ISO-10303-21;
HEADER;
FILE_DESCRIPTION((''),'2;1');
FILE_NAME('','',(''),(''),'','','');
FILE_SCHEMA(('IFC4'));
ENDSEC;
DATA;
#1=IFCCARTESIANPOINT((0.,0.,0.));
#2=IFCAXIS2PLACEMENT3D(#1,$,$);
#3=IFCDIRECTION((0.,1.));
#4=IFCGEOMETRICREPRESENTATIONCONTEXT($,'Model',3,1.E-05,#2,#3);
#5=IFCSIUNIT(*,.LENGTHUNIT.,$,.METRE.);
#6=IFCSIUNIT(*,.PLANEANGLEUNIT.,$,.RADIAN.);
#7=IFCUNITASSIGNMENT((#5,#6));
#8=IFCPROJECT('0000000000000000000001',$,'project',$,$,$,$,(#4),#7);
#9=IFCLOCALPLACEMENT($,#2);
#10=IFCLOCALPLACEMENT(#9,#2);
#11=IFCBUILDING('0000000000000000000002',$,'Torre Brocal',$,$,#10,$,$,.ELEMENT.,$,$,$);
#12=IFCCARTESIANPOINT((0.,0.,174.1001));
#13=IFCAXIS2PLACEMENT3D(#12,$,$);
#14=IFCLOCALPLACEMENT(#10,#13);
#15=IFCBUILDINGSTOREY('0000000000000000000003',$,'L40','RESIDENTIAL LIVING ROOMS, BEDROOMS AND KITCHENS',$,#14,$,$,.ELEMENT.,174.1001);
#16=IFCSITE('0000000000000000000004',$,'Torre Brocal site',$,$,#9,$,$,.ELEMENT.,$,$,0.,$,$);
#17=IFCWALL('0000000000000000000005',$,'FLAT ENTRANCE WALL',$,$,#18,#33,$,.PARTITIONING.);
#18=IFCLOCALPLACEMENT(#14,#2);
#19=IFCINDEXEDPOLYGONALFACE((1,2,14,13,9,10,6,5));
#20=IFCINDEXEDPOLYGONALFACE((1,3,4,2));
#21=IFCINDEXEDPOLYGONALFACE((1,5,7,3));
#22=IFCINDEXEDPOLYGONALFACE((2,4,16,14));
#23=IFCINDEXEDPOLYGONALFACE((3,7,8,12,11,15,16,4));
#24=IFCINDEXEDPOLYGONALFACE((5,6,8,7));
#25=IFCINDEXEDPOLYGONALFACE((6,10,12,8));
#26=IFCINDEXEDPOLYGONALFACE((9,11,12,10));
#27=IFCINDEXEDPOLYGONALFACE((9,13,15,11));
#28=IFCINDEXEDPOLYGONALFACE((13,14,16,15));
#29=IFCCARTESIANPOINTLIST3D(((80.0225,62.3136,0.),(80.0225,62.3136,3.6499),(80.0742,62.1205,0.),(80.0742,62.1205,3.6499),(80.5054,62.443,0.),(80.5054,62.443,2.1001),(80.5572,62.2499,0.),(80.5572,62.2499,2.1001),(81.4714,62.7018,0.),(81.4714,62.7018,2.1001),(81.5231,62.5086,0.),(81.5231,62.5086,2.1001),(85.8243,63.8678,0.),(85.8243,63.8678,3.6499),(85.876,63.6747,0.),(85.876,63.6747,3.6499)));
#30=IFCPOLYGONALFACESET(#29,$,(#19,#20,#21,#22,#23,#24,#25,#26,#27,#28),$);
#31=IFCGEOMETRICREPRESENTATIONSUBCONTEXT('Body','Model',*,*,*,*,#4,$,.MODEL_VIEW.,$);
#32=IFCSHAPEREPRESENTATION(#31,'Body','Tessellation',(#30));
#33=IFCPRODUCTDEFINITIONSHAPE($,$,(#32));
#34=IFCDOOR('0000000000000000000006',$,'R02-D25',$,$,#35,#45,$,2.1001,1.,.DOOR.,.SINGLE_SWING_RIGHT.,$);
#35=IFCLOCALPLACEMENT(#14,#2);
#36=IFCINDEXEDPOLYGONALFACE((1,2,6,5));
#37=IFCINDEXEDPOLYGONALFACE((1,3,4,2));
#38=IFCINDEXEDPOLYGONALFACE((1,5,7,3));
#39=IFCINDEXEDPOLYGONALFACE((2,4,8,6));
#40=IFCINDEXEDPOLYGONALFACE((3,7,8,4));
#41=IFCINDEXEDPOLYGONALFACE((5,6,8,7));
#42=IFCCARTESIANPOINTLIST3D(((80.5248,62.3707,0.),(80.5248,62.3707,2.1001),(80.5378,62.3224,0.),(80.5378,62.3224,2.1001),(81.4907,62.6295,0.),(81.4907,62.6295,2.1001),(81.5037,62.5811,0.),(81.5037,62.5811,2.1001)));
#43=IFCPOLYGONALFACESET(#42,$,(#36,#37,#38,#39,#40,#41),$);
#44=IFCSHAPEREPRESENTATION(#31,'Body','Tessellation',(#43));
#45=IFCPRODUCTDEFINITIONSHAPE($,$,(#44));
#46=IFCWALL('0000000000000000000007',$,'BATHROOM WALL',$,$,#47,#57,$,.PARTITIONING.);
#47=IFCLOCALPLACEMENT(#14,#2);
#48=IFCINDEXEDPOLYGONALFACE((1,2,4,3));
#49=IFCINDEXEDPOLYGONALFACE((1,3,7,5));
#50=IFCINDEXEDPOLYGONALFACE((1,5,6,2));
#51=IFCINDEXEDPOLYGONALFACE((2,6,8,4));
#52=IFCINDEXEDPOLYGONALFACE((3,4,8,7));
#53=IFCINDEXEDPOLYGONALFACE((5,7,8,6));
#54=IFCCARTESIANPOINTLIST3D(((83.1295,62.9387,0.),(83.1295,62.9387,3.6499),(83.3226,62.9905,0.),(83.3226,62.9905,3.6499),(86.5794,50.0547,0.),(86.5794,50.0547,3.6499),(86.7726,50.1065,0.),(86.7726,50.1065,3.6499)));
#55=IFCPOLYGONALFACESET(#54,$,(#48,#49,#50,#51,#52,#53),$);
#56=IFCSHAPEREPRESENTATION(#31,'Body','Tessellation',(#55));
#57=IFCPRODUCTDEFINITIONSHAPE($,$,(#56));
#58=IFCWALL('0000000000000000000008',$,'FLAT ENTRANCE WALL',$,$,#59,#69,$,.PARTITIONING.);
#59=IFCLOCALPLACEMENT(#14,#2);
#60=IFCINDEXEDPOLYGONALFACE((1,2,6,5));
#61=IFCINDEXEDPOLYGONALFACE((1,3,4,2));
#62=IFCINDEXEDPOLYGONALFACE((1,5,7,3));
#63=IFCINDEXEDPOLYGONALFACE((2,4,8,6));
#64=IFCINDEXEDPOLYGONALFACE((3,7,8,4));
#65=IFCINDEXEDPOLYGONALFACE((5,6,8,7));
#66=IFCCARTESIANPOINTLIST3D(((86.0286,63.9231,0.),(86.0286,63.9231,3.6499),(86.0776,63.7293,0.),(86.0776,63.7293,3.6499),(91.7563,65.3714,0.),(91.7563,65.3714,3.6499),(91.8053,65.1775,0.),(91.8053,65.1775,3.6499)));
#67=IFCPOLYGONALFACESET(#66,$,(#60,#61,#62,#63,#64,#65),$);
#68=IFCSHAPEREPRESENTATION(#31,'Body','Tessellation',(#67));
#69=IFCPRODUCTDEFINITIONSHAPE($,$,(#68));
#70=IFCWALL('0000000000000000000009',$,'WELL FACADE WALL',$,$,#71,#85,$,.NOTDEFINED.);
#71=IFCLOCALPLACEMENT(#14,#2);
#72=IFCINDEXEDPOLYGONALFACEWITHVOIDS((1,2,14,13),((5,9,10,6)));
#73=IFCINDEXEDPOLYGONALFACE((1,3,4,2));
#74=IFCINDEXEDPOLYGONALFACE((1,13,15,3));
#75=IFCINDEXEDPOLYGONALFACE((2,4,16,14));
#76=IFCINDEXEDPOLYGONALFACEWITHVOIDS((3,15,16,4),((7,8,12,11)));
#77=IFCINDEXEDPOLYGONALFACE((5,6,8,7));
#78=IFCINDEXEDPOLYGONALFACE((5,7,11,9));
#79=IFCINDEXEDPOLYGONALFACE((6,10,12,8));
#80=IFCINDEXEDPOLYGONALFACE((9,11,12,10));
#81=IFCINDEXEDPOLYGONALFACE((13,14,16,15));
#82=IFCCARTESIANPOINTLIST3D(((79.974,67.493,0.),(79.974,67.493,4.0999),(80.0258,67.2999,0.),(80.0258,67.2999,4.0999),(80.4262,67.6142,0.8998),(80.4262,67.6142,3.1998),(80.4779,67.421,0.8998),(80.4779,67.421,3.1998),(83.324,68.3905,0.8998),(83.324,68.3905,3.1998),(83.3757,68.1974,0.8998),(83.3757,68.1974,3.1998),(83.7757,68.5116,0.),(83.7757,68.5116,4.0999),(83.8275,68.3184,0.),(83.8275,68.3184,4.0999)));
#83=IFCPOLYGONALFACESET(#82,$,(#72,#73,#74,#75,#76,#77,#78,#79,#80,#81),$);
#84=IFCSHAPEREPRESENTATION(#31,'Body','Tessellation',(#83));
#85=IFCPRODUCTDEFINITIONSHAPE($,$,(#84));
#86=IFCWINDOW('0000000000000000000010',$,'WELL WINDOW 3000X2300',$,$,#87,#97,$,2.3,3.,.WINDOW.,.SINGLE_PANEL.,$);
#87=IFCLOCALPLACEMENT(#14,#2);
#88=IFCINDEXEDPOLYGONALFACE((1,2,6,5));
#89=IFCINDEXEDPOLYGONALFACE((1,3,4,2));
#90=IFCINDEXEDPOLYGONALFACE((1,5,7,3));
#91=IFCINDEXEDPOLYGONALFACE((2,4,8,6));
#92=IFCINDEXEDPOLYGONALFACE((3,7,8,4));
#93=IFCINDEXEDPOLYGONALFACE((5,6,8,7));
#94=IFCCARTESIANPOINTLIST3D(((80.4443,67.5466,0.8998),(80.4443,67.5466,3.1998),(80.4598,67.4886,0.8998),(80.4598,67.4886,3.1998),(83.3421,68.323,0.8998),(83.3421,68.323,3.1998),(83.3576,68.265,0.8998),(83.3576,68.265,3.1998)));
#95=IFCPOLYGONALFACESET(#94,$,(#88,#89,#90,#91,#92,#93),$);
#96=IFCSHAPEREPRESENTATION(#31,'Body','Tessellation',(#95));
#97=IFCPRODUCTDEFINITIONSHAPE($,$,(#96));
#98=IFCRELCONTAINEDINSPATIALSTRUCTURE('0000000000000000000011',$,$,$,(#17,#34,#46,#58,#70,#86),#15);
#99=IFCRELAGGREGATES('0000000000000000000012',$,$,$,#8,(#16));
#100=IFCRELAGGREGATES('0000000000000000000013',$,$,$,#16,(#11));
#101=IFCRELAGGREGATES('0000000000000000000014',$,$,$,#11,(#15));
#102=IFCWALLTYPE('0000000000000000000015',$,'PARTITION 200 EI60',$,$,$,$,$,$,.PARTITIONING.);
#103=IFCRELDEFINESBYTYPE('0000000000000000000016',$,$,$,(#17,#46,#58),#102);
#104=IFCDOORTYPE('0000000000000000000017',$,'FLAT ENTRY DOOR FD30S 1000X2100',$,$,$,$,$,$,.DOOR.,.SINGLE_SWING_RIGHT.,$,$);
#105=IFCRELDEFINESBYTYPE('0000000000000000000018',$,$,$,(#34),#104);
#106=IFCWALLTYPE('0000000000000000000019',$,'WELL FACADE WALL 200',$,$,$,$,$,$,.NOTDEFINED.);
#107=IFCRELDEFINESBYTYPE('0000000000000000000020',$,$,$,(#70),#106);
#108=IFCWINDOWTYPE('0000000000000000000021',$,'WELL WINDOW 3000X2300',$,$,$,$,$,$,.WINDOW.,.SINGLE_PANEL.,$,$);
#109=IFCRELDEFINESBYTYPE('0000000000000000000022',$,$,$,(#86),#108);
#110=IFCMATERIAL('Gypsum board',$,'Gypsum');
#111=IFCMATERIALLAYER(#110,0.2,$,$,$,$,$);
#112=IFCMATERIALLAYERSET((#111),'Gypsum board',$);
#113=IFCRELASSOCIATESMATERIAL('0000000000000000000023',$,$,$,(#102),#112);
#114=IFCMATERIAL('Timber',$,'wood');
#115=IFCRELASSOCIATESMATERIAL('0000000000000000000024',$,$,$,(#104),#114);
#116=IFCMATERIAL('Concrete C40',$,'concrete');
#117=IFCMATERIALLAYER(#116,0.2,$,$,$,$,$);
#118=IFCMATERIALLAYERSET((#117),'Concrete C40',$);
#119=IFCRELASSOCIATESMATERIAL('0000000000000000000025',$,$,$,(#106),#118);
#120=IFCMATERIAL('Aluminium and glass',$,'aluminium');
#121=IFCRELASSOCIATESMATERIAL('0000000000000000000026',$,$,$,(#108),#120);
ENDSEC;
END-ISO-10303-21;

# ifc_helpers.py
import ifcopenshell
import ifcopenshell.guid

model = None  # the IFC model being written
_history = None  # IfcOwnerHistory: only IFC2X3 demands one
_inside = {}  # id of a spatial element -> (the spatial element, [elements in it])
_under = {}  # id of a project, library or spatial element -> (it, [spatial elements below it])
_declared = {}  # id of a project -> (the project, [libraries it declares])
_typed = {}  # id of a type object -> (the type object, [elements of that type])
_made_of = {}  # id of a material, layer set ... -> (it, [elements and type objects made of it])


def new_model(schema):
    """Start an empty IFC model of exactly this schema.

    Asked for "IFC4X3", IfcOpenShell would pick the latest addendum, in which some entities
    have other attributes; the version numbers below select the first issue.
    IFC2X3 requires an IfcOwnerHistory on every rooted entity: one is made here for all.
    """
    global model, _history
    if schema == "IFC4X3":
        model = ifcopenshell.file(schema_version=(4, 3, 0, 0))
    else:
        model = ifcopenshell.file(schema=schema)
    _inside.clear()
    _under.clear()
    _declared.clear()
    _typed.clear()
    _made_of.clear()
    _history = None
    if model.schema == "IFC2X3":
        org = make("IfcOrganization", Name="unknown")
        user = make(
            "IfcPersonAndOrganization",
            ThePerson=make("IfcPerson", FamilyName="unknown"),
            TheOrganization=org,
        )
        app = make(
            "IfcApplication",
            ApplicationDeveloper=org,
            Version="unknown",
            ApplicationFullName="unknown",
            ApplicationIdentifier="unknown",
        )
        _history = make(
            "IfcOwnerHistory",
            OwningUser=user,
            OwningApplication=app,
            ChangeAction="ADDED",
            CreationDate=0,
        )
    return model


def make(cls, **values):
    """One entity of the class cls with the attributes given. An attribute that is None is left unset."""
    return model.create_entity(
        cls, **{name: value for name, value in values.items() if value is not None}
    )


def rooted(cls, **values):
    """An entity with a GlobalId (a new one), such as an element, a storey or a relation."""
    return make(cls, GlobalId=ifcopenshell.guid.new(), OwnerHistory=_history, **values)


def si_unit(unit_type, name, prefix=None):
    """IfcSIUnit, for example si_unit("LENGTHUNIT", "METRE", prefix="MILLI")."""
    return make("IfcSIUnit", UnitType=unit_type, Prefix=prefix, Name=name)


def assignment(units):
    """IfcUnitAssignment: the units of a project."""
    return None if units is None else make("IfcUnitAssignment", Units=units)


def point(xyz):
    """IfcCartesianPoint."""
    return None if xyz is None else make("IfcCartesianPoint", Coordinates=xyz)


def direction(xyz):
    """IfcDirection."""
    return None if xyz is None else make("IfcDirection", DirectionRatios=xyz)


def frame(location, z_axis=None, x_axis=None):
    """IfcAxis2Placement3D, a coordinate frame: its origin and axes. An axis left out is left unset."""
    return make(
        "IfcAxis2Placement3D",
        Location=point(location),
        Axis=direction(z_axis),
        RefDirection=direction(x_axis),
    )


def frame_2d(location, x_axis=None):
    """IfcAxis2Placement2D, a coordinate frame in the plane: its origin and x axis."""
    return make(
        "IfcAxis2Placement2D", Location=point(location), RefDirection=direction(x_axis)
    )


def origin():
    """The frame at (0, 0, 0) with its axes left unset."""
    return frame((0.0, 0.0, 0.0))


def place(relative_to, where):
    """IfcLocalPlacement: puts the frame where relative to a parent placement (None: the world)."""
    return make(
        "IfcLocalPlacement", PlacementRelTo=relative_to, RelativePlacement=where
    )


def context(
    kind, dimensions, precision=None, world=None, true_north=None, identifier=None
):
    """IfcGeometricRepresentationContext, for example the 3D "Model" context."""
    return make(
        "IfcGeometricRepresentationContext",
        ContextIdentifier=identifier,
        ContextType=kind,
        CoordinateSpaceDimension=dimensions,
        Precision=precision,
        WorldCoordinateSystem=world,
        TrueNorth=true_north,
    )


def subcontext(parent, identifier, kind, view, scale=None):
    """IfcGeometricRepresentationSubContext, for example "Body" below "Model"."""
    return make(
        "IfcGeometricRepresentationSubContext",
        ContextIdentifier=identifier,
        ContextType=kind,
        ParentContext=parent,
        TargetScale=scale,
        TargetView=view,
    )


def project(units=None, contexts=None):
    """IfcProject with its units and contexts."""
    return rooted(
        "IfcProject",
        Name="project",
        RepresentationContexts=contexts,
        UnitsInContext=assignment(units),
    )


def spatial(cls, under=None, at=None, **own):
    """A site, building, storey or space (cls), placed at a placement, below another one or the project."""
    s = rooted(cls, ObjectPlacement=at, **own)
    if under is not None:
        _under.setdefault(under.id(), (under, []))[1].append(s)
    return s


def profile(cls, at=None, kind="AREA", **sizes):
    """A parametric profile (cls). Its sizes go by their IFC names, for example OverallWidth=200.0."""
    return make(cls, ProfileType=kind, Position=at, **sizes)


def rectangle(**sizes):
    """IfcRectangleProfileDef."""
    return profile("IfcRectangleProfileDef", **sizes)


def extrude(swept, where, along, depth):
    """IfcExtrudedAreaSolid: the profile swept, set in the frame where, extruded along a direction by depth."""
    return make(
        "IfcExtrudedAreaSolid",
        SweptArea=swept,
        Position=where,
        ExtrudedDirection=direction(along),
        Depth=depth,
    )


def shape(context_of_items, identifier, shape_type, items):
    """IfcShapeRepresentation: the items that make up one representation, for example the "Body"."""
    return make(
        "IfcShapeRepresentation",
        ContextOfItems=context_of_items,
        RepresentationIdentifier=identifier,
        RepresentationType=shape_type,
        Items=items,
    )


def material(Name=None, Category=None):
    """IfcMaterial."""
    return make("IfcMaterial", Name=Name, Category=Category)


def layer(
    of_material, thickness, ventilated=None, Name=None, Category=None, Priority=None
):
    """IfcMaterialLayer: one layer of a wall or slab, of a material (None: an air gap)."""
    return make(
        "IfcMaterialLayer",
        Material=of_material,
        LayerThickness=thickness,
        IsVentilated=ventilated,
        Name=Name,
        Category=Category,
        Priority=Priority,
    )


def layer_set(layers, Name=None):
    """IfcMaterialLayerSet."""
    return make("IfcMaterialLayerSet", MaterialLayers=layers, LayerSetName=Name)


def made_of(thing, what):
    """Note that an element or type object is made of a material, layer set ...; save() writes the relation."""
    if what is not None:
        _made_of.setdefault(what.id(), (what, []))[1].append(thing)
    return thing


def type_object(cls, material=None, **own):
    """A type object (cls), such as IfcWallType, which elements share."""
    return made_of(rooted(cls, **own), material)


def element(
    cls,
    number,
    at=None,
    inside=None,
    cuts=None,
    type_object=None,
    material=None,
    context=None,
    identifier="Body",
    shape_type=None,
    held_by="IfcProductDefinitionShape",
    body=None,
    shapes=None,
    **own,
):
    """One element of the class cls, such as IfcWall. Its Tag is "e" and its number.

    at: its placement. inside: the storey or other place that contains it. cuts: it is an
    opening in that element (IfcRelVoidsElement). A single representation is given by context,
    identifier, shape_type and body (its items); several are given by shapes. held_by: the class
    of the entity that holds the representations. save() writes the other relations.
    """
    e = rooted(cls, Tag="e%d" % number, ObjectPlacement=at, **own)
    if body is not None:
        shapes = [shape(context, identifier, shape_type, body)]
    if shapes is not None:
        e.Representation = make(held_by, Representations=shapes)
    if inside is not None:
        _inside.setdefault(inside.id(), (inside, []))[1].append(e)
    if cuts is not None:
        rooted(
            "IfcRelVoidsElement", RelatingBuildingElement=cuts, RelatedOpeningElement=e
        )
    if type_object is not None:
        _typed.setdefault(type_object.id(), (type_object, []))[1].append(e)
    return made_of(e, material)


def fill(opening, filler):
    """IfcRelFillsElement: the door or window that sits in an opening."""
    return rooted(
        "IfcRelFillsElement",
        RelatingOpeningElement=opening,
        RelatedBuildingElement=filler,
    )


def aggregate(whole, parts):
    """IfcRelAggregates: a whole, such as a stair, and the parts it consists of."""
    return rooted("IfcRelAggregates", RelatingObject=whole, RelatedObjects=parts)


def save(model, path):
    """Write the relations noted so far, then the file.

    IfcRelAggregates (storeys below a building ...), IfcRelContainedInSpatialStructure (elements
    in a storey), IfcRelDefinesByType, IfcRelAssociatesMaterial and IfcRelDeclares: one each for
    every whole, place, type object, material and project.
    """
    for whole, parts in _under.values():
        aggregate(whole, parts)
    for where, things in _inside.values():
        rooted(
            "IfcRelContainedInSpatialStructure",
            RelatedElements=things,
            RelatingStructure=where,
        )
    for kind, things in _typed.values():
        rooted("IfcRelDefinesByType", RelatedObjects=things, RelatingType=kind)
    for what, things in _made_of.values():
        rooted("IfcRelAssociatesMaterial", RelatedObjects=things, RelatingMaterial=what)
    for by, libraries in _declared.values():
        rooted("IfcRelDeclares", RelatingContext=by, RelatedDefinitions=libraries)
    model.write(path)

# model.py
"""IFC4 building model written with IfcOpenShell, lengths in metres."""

from ifc_helpers import new_model, si_unit, direction, frame, frame_2d, origin, place, context, subcontext, project, spatial, rectangle, extrude, material, layer, layer_set, type_object, element, fill, save


model = new_model("IFC4")

# Units and contexts
model_context = context("Model", 3, precision=1e-05, world=origin(), true_north=direction((0.0, 1.0)))
body_context = subcontext(model_context, "Body", "Model", "MODEL_VIEW")
ifc_project = project(units=[si_unit("LENGTHUNIT", "METRE"), si_unit("PLANEANGLEUNIT", "RADIAN")], contexts=[model_context])

# Site, building, storey
site_placement = place(None, origin())
site = spatial("IfcSite", under=ifc_project, at=site_placement, Name="Torre Brocal site", CompositionType="ELEMENT", RefElevation=0.0)
building_placement = place(site_placement, origin())
building = spatial("IfcBuilding", under=site, at=building_placement, Name="Torre Brocal", CompositionType="ELEMENT")
storey_placement = place(building_placement, frame((0.0, 0.0, 174.1001)))
storey = spatial("IfcBuildingStorey", under=building, at=storey_placement, Name="L40", Description="RESIDENTIAL LIVING ROOMS, BEDROOMS AND KITCHENS", CompositionType="ELEMENT", Elevation=174.1001)

# Wall, opening, door
ifc_material_1 = material(Name="Gypsum board", Category="Gypsum")
ifc_layer_1 = layer(ifc_material_1, 0.2)
ifc_layer_set_1 = layer_set([ifc_layer_1], Name="Gypsum board")
wall_type_1 = type_object("IfcWallType", Name="PARTITION 200 EI60", PredefinedType="PARTITIONING", material=ifc_layer_set_1)
wall_1_placement = place(storey_placement, frame((80.0483, 62.217, 0.0), z_axis=(0.0, 0.0, 1.0), x_axis=(0.965942, 0.25876, 0.0)))
wall_1 = element("IfcWall", 1, at=wall_1_placement, inside=storey, type_object=wall_type_1, Name="FLAT ENTRANCE WALL", PredefinedType="PARTITIONING", context=body_context, shape_type="SweptSolid", body=[
    extrude(rectangle(XDim=6.0063, YDim=0.2, at=frame_2d((3.0032, 0.0))), origin(), (0.0, 0.0, 1.0), 3.6499),
])
opening_1_placement = place(wall_1_placement, frame((0.5, 0.0, 0.0)))
opening_1 = element("IfcOpeningElement", 2, at=opening_1_placement, cuts=wall_1, PredefinedType="OPENING", context=body_context, shape_type="SweptSolid", body=[
    extrude(rectangle(XDim=1.0, YDim=2.1001, at=frame_2d((0.5, 1.05))), frame((0.0, 0.1099, 0.0), z_axis=(0.0, -1.0, 0.0), x_axis=(1.0, 0.0, 0.0)), (0.0, 0.0, 1.0), 0.22),
])
ifc_material_2 = material(Name="Timber", Category="wood")
door_type_1 = type_object("IfcDoorType", Name="FLAT ENTRY DOOR FD30S 1000X2100", OperationType="SINGLE_SWING_RIGHT", PredefinedType="DOOR", material=ifc_material_2)
door_1_placement = place(opening_1_placement, frame((1.0, 0.0, 0.0), z_axis=(0.0, 0.0, 1.0), x_axis=(-1.0, 0.0, 0.0)))
door_1 = element("IfcDoor", 3, at=door_1_placement, inside=storey, type_object=door_type_1, Name="R02-D25", OperationType="SINGLE_SWING_RIGHT", OverallHeight=2.1001, OverallWidth=1.0, PredefinedType="DOOR", context=body_context, shape_type="SweptSolid", body=[
    extrude(rectangle(XDim=1.0, YDim=2.1001, at=frame_2d((0.5, 1.05))), frame((0.0, 0.0249, 0.0), z_axis=(0.0, -1.0, 0.0), x_axis=(1.0, 0.0, 0.0)), (0.0, 0.0, 1.0), 0.05),
])
fill(opening_1, door_1)

# Walls
wall_2_placement = place(storey_placement, frame((83.2261, 62.9646, 0.0), z_axis=(0.0, 0.0, 1.0), x_axis=(0.258657, -0.965969, 0.0)))
element("IfcWall", 4, at=wall_2_placement, inside=storey, type_object=wall_type_1, Name="BATHROOM WALL", PredefinedType="PARTITIONING", context=body_context, shape_type="SweptSolid", body=[
    extrude(rectangle(XDim=13.3379, YDim=0.2, at=frame_2d((6.6689, 0.0))), origin(), (0.0, 0.0, 1.0), 3.6499),
])
wall_3_placement = place(storey_placement, frame((86.053, 63.8262, 0.0), z_axis=(0.0, 0.0, 1.0), x_axis=(0.96949, 0.245131, 0.0)))
element("IfcWall", 5, at=wall_3_placement, inside=storey, type_object=wall_type_1, Name="FLAT ENTRANCE WALL", PredefinedType="PARTITIONING", context=body_context, shape_type="SweptSolid", body=[
    extrude(rectangle(XDim=5.908, YDim=0.2, at=frame_2d((2.9541, 0.0))), origin(), (0.0, 0.0, 1.0), 3.6499),
])

# Wall, opening, window
ifc_material_3 = material(Name="Concrete C40", Category="concrete")
ifc_layer_2 = layer(ifc_material_3, 0.2)
ifc_layer_set_2 = layer_set([ifc_layer_2], Name="Concrete C40")
wall_type_2 = type_object("IfcWallType", Name="WELL FACADE WALL 200", PredefinedType="NOTDEFINED", material=ifc_layer_set_2)
wall_4_placement = place(storey_placement, frame((80.0, 67.3965, 0.0), z_axis=(0.0, 0.0, 1.0), x_axis=(0.965934, 0.25879, 0.0)))
wall_4 = element("IfcWall", 6, at=wall_4_placement, inside=storey, type_object=wall_type_2, Name="WELL FACADE WALL", PredefinedType="NOTDEFINED", context=body_context, shape_type="SweptSolid", body=[
    extrude(rectangle(XDim=3.9358, YDim=0.2, at=frame_2d((1.9678, 0.0))), origin(), (0.0, 0.0, 1.0), 4.0999),
])
opening_2_placement = place(wall_4_placement, frame((0.468, 0.0, 0.8999)))
opening_2 = element("IfcOpeningElement", 7, at=opening_2_placement, cuts=wall_4, PredefinedType="OPENING", context=body_context, shape_type="SweptSolid", body=[
    extrude(rectangle(XDim=3.0, YDim=2.3, at=frame_2d((1.5, 1.1499))), frame((0.0, 0.1099, 0.0), z_axis=(0.0, -1.0, 0.0), x_axis=(1.0, 0.0, 0.0)), (0.0, 0.0, 1.0), 0.22),
])
ifc_material_4 = material(Name="Aluminium and glass", Category="aluminium")
window_type = type_object("IfcWindowType", Name="WELL WINDOW 3000X2300", PartitioningType="SINGLE_PANEL", PredefinedType="WINDOW", material=ifc_material_4)
window_placement = place(opening_2_placement, origin())
window = element("IfcWindow", 8, at=window_placement, inside=storey, type_object=window_type, Name="WELL WINDOW 3000X2300", OverallHeight=2.3, OverallWidth=3.0, PartitioningType="SINGLE_PANEL", PredefinedType="WINDOW", context=body_context, shape_type="SweptSolid", body=[
    extrude(rectangle(XDim=3.0, YDim=2.3, at=frame_2d((1.5, 1.1499))), frame((0.0, 0.03, 0.0), z_axis=(0.0, -1.0, 0.0), x_axis=(1.0, 0.0, 0.0)), (0.0, 0.0, 1.0), 0.0601),
])
fill(opening_2, window)

save(model, "model.ifc")
